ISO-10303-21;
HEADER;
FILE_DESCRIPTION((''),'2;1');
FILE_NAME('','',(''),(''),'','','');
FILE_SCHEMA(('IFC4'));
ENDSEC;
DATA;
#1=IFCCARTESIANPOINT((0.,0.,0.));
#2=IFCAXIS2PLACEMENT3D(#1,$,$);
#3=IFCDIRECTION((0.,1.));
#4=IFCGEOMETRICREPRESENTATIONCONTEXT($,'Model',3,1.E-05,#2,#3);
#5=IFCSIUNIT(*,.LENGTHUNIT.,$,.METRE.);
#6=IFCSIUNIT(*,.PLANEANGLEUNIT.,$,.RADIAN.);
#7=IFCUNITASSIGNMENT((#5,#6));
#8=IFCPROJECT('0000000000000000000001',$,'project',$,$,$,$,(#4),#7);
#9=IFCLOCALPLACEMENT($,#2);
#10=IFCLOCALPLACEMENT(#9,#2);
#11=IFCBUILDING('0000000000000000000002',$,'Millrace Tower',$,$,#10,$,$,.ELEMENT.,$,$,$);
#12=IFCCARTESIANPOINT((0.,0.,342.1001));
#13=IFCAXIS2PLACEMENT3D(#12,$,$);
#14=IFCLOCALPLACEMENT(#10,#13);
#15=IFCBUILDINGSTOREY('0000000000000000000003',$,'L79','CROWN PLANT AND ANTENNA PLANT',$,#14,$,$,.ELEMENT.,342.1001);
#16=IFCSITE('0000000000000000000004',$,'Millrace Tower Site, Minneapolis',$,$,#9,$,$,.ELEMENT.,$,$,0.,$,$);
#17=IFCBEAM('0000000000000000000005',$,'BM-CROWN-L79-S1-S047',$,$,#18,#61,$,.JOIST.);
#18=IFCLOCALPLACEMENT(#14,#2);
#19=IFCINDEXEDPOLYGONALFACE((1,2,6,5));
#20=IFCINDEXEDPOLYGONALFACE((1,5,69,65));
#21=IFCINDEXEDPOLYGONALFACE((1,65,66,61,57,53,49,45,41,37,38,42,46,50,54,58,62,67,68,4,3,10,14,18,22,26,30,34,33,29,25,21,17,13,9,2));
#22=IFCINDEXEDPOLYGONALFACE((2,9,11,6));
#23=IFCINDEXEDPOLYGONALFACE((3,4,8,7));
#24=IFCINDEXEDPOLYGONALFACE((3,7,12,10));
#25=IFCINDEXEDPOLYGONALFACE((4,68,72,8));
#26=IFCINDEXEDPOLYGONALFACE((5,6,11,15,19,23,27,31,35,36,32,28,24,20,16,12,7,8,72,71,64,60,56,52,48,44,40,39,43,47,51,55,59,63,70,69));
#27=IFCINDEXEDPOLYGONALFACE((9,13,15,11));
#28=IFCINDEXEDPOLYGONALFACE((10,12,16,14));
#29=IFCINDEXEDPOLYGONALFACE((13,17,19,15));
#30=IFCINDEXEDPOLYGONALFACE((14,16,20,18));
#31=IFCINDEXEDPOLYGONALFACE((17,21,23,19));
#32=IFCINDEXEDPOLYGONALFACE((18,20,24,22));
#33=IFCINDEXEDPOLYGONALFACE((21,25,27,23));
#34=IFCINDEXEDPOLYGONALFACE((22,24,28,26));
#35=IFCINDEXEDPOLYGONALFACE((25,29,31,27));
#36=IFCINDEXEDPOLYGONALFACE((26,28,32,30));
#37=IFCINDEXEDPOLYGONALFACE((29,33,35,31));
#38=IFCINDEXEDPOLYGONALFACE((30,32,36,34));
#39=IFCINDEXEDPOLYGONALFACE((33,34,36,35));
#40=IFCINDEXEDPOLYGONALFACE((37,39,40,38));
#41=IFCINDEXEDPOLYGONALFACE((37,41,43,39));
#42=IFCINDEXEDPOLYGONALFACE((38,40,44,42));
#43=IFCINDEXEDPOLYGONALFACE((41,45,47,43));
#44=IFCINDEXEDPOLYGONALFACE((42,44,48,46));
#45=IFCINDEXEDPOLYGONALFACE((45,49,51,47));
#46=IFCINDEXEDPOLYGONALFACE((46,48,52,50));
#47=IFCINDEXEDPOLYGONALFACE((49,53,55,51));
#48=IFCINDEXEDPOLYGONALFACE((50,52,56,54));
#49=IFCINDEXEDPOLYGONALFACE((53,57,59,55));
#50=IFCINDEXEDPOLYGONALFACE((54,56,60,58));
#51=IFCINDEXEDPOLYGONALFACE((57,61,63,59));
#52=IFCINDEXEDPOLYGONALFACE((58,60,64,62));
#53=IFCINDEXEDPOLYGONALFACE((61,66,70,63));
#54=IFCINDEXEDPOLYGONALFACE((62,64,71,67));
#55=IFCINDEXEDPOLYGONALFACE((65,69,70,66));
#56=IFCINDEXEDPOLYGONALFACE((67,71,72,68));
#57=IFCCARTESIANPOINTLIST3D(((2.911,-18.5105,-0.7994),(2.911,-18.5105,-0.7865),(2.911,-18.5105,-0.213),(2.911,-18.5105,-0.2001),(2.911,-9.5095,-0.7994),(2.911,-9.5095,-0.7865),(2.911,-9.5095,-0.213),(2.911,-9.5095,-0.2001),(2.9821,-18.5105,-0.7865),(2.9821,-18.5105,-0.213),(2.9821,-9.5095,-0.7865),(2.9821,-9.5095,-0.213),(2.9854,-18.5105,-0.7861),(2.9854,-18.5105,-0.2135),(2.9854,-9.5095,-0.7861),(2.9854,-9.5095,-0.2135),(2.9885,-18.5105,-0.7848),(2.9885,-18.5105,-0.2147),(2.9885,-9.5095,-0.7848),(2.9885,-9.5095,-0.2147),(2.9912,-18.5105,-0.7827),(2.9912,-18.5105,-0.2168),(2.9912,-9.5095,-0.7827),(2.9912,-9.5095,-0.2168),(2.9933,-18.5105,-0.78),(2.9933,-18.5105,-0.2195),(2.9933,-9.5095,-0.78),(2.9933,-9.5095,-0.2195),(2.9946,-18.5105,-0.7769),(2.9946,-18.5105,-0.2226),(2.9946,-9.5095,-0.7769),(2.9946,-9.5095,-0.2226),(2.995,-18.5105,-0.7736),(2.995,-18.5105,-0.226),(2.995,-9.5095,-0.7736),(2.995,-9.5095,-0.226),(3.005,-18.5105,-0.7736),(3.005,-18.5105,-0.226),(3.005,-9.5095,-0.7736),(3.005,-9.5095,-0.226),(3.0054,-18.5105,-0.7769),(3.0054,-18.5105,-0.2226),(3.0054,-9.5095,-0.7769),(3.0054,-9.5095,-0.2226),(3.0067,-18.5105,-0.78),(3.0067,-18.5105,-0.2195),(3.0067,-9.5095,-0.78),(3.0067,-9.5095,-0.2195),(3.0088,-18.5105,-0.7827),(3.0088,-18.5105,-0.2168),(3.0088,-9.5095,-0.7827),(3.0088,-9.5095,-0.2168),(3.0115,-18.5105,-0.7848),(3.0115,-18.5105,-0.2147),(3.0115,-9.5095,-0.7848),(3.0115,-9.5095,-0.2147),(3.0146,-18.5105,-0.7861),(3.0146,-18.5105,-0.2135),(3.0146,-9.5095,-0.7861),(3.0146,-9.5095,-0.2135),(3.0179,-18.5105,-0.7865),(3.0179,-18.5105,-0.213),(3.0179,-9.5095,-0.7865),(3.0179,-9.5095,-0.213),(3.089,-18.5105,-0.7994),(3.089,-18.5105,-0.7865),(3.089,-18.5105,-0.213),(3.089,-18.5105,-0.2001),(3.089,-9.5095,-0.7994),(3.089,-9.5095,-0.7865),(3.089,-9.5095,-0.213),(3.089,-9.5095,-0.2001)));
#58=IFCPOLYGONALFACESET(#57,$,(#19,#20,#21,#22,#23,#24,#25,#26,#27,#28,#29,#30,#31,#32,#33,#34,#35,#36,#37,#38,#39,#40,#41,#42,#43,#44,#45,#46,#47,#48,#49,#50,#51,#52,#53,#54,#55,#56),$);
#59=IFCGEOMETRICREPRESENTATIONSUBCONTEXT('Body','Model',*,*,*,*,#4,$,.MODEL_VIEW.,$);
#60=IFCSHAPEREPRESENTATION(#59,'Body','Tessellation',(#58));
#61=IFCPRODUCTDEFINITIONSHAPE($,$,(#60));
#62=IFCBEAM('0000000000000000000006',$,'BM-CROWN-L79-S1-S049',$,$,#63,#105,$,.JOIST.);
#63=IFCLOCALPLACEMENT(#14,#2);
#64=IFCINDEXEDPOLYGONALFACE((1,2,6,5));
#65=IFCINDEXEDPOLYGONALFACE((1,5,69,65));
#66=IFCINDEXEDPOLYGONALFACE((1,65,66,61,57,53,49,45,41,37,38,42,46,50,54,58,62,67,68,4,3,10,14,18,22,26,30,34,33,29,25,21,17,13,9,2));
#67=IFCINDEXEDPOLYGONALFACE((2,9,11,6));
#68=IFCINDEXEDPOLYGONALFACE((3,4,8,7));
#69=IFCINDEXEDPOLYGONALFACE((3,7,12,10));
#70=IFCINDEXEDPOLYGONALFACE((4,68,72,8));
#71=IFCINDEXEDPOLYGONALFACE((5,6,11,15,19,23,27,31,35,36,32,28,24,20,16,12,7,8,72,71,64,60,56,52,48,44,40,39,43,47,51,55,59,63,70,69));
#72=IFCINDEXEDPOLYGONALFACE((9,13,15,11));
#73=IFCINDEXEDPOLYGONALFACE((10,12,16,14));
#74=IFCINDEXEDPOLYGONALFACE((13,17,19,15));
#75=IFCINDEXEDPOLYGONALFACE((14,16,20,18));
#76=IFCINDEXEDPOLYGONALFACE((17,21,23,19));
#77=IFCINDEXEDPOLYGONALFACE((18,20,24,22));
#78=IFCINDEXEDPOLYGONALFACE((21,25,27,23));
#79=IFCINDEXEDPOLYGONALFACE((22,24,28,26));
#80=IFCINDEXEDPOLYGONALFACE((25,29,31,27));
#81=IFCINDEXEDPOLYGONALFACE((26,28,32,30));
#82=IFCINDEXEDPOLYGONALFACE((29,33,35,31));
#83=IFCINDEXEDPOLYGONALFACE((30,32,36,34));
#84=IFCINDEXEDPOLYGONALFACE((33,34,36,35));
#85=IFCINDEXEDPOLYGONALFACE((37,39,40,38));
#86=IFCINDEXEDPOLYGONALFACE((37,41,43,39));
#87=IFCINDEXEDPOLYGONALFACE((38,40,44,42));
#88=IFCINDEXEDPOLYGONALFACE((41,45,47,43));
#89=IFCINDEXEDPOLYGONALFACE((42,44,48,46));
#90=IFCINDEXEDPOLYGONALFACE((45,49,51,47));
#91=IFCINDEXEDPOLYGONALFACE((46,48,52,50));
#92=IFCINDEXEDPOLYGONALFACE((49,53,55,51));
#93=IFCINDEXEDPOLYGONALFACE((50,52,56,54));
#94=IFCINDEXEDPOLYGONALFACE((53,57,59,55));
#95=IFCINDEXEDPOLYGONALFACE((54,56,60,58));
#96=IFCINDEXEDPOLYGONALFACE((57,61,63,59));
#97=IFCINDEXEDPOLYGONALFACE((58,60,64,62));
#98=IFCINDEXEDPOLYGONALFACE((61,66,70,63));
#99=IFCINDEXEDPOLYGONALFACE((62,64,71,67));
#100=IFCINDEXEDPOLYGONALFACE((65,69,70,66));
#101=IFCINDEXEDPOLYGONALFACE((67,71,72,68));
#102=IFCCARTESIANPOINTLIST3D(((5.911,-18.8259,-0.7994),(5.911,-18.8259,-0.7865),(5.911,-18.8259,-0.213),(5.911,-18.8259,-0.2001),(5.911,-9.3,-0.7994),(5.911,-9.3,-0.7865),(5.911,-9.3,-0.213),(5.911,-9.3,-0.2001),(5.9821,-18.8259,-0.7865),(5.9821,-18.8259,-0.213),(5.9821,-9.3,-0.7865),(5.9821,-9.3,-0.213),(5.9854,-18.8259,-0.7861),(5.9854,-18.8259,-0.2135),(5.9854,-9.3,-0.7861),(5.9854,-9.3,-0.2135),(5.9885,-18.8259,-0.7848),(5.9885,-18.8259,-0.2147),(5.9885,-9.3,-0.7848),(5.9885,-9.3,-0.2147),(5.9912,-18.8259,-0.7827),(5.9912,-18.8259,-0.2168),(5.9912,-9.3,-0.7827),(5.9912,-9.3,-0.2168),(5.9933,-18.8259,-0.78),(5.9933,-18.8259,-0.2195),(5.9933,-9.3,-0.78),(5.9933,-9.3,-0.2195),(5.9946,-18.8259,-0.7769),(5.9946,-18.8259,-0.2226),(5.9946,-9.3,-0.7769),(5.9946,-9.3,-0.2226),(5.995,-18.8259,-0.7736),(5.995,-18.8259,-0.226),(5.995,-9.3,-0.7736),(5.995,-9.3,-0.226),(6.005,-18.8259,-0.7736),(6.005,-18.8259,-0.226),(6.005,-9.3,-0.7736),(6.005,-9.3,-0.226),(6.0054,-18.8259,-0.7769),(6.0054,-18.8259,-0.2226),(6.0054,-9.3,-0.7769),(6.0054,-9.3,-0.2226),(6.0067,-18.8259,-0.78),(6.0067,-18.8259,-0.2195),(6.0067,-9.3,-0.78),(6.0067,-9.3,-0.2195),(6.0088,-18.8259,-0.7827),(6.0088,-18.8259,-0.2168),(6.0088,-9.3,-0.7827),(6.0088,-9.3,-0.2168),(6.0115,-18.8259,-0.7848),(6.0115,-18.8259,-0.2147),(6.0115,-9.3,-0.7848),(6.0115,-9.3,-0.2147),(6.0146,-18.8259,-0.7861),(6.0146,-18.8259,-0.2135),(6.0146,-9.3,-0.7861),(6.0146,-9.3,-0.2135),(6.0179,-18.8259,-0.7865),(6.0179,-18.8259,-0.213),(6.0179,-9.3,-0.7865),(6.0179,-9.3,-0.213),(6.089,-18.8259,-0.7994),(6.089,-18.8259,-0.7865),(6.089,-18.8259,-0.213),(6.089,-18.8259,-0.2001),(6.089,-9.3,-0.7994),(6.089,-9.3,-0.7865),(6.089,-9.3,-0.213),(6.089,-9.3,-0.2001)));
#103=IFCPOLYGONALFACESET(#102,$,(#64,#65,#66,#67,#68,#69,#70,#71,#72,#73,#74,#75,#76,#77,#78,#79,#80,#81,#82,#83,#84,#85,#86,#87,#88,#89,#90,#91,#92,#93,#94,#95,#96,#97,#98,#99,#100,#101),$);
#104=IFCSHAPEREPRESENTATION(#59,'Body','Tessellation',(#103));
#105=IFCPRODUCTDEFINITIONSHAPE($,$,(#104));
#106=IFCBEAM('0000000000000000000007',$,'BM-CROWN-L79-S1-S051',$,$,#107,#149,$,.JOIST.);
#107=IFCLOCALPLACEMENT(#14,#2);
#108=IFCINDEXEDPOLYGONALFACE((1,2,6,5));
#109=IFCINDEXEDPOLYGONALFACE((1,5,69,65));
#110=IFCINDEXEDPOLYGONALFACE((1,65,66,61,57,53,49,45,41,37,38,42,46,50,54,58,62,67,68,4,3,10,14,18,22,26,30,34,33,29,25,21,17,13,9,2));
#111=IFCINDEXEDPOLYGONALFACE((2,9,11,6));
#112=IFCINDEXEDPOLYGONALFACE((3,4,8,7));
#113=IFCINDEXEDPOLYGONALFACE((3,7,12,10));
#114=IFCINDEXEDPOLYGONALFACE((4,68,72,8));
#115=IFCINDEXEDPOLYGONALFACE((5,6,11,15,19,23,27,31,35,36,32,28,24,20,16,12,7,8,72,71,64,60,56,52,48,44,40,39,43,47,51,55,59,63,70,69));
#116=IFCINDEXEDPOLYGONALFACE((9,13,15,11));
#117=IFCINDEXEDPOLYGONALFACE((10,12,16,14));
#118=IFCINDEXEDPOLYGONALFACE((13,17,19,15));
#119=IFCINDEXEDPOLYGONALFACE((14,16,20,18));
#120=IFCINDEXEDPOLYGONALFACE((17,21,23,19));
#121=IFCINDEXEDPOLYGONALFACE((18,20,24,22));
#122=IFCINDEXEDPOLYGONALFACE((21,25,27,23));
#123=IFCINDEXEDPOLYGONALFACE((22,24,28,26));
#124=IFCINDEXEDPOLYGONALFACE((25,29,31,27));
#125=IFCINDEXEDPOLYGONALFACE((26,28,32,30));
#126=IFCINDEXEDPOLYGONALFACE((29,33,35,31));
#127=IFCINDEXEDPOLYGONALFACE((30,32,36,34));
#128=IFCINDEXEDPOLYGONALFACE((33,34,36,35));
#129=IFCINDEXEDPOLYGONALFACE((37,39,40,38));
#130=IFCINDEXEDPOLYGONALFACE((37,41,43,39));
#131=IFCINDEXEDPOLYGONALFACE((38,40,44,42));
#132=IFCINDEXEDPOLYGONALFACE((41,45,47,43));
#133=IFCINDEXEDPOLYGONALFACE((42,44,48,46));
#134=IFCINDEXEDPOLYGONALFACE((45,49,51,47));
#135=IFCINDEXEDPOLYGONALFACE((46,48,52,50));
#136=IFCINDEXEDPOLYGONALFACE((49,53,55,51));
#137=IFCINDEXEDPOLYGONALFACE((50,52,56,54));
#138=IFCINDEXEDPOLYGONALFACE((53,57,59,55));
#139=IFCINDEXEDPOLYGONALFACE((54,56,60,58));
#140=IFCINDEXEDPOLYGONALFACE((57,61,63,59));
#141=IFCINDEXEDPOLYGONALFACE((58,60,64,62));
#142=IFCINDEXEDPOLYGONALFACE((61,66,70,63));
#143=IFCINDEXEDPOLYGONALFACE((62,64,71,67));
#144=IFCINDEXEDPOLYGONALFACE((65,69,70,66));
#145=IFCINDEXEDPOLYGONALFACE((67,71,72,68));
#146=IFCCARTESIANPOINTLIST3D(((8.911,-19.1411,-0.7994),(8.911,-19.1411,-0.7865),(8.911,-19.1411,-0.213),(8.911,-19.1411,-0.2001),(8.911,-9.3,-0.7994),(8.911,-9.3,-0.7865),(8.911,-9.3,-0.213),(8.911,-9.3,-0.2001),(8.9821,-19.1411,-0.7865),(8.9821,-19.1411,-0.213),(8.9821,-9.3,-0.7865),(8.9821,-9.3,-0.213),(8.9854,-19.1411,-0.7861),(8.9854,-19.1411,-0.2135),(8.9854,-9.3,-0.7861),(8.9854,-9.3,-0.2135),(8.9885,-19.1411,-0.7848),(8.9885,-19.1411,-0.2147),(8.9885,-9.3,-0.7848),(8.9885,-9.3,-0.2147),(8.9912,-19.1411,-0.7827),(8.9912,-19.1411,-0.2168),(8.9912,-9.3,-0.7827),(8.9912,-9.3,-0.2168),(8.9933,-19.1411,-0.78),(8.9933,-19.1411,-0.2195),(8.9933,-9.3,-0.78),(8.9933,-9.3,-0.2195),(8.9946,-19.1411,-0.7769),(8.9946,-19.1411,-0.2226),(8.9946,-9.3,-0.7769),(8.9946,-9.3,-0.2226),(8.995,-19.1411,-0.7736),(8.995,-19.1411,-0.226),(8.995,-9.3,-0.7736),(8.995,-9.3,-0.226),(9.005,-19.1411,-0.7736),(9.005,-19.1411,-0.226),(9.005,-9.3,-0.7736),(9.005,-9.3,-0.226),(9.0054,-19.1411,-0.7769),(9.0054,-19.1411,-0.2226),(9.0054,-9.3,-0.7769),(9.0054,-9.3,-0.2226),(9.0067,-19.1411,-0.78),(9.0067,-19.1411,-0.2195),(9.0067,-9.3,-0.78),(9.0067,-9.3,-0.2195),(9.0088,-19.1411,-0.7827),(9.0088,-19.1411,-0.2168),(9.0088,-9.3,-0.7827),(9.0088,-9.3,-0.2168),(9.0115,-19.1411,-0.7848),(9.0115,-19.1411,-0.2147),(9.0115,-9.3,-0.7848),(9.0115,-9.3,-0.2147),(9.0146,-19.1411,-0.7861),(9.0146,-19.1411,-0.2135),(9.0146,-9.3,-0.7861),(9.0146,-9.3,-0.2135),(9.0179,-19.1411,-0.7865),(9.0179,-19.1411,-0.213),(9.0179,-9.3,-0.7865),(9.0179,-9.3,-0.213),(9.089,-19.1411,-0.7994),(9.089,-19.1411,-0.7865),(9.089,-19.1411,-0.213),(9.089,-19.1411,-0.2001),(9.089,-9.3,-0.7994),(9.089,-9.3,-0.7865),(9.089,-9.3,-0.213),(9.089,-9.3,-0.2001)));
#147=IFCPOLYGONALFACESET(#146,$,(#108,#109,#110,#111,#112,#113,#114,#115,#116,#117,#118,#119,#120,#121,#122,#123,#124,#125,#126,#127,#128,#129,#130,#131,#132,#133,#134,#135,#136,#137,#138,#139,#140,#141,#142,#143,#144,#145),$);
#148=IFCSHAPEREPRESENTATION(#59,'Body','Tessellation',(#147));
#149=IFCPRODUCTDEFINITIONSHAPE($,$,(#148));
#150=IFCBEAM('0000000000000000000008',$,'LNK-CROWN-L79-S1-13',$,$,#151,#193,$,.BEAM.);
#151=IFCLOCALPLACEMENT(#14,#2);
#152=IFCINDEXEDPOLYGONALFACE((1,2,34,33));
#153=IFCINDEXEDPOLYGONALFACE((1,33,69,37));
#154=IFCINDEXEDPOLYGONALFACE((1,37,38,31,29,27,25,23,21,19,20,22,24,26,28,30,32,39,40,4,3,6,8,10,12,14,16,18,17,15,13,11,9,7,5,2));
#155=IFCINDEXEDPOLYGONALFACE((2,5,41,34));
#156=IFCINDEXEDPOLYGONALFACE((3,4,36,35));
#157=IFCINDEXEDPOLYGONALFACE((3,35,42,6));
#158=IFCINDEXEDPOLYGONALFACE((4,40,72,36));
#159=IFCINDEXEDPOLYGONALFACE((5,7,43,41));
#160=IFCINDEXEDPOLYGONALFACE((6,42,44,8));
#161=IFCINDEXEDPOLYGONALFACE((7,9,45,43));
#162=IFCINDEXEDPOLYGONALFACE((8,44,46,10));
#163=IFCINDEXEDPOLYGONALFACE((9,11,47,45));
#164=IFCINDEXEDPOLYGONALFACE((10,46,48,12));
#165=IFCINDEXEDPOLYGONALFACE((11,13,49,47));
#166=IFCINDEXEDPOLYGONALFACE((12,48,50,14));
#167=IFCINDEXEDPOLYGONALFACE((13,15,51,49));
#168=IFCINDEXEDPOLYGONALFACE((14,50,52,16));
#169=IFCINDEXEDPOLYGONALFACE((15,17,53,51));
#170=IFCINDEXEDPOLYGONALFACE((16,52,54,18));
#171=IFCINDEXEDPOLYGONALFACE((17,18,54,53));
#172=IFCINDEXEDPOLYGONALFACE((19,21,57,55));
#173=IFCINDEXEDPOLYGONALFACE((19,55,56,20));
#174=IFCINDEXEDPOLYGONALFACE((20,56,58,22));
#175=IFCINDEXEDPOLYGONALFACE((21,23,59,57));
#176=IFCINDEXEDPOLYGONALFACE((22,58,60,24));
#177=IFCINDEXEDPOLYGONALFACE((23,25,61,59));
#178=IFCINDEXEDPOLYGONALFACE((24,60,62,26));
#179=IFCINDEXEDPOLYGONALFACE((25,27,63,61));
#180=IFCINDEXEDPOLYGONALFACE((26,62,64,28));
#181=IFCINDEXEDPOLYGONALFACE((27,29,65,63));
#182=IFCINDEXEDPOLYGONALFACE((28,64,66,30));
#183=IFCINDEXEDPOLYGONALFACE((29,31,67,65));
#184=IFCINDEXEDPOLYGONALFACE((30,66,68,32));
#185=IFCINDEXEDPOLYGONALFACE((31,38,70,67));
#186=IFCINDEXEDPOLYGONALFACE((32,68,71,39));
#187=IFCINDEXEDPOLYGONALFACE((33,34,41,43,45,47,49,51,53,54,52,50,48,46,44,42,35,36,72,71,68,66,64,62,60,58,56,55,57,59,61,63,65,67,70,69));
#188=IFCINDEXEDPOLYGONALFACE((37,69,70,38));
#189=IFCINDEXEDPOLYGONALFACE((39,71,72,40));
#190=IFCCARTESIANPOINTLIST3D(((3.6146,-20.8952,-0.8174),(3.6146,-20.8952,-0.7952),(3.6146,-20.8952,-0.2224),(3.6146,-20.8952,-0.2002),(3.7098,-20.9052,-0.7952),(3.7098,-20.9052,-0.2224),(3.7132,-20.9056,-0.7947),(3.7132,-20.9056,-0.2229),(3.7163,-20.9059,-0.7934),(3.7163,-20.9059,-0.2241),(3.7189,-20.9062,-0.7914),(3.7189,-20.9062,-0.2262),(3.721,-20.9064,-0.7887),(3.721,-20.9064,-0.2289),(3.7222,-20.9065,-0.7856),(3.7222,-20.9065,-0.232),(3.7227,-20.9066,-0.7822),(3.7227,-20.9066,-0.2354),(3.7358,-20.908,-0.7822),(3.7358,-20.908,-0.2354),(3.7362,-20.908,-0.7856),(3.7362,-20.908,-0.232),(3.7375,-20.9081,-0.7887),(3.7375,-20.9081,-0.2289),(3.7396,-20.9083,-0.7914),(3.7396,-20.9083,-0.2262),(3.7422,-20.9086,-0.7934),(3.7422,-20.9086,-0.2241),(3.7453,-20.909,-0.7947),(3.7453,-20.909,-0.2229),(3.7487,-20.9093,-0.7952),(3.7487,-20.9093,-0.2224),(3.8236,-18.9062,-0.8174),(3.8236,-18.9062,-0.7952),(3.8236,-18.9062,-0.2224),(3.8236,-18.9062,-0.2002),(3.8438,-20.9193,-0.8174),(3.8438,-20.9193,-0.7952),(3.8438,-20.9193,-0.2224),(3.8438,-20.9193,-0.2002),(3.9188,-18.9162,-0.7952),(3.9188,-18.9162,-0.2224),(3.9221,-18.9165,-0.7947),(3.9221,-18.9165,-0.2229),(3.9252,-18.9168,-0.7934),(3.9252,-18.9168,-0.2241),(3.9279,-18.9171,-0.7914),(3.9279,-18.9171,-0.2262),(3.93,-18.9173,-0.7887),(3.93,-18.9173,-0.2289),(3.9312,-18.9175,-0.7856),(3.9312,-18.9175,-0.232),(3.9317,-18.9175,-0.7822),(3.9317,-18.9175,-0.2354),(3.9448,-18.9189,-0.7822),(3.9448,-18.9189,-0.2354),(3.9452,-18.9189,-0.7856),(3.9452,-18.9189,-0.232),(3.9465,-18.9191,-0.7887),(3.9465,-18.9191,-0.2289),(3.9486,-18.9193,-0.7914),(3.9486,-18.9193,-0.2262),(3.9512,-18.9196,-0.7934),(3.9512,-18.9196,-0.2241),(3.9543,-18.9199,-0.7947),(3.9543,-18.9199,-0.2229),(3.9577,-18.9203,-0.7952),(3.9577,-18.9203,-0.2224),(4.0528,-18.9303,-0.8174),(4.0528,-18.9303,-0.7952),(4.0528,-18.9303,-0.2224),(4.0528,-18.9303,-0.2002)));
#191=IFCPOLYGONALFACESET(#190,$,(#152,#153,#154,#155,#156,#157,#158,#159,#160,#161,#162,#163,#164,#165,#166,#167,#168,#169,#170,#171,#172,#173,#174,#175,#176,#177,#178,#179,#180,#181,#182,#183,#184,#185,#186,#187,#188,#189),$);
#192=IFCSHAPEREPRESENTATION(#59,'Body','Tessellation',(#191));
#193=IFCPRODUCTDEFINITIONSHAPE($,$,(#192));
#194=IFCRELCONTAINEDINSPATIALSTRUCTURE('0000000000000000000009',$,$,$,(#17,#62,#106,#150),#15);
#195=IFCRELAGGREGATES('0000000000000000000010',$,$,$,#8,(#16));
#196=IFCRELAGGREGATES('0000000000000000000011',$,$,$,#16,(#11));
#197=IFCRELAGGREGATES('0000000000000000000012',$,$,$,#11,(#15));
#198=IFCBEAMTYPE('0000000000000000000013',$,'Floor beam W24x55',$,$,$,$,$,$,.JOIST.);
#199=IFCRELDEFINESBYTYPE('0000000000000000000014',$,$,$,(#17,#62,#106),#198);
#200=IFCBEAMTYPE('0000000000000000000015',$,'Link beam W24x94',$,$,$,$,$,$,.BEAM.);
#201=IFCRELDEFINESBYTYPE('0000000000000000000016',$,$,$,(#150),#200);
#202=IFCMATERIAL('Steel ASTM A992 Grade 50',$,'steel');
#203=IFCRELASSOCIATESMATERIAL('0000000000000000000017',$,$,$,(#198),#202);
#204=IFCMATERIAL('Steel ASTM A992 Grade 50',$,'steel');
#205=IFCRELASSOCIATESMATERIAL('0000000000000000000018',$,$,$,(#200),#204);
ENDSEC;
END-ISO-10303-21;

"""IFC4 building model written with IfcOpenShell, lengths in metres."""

from ifc_helpers import new_model, si_unit, direction, frame, origin, origin_2d, place, context, subcontext, project, spatial, i_section, extrude, material, material_profile, profile_set, type_object, element, save


model = new_model("IFC4")

# Units and contexts
model_context = context("Model", 3, precision=1e-05, world=origin(), true_north=direction((0.0, 1.0)))
body_context = subcontext(model_context, "Body", "Model", "MODEL_VIEW")
ifc_project = project(units=[si_unit("LENGTHUNIT", "METRE"), si_unit("PLANEANGLEUNIT", "RADIAN")], contexts=[model_context])

# Site, building, storey
site_placement = place(None, origin())
site = spatial("IfcSite", under=ifc_project, at=site_placement, Name="Millrace Tower Site, Minneapolis", CompositionType="ELEMENT", RefElevation=0.0)
building_placement = place(site_placement, origin())
building = spatial("IfcBuilding", under=site, at=building_placement, Name="Millrace Tower", CompositionType="ELEMENT")
storey_placement = place(building_placement, frame((0.0, 0.0, 342.1001)))
storey = spatial("IfcBuildingStorey", under=building, at=storey_placement, Name="L79", Description="CROWN PLANT AND ANTENNA PLANT", CompositionType="ELEMENT", Elevation=342.1001)

# Beams
ifc_material_1 = material(Name="Steel ASTM A992 Grade 50", Category="steel")
ifc_material_profile_1 = material_profile(ifc_material_1, i_section(OverallWidth=0.178, OverallDepth=0.5994, WebThickness=0.01, FlangeThickness=0.0129, FilletRadius=0.0129, at=origin_2d()))
ifc_profile_set_1 = profile_set([ifc_material_profile_1], Name="Steel ASTM A992 Grade 50")
beam_type_1 = type_object("IfcBeamType", Name="Floor beam W24x55", PredefinedType="JOIST", material=ifc_profile_set_1)
beam_1_placement = place(storey_placement, frame((3.0, -18.5105, -0.4998), z_axis=(0.0, 1.0, 0.0), x_axis=(-1.0, 0.0, 0.0)))
element("IfcBeam", 1, at=beam_1_placement, inside=storey, type_object=beam_type_1, Name="BM-CROWN-L79-S1-S047", PredefinedType="JOIST", context=body_context, shape_type="SweptSolid", body=[
    extrude(i_section(OverallWidth=0.178, OverallDepth=0.5994, WebThickness=0.01, FlangeThickness=0.0129, FilletRadius=0.0129, at=origin_2d()), origin(), (0.0, 0.0, 1.0), 9.001),
])
beam_2_placement = place(storey_placement, frame((6.0, -18.8259, -0.4998), z_axis=(0.0, 1.0, 0.0), x_axis=(-1.0, 0.0, 0.0)))
element("IfcBeam", 2, at=beam_2_placement, inside=storey, type_object=beam_type_1, Name="BM-CROWN-L79-S1-S049", PredefinedType="JOIST", context=body_context, shape_type="SweptSolid", body=[
    extrude(i_section(OverallWidth=0.178, OverallDepth=0.5994, WebThickness=0.01, FlangeThickness=0.0129, FilletRadius=0.0129, at=origin_2d()), origin(), (0.0, 0.0, 1.0), 9.5259),
])
beam_3_placement = place(storey_placement, frame((9.0, -19.1411, -0.4998), z_axis=(0.0, 1.0, 0.0), x_axis=(-1.0, 0.0, 0.0)))
element("IfcBeam", 3, at=beam_3_placement, inside=storey, type_object=beam_type_1, Name="BM-CROWN-L79-S1-S051", PredefinedType="JOIST", context=body_context, shape_type="SweptSolid", body=[
    extrude(i_section(OverallWidth=0.178, OverallDepth=0.5994, WebThickness=0.01, FlangeThickness=0.0129, FilletRadius=0.0129, at=origin_2d()), origin(), (0.0, 0.0, 1.0), 9.8411),
])
ifc_material_2 = material(Name="Steel ASTM A992 Grade 50", Category="steel")
ifc_material_profile_2 = material_profile(ifc_material_2, i_section(OverallWidth=0.2305, OverallDepth=0.6172, WebThickness=0.0132, FlangeThickness=0.0222, FilletRadius=0.0129, at=origin_2d()))
ifc_profile_set_2 = profile_set([ifc_material_profile_2], Name="Steel ASTM A992 Grade 50")
beam_type_2 = type_object("IfcBeamType", Name="Link beam W24x94", PredefinedType="BEAM", material=ifc_profile_set_2)
beam_4_placement = place(storey_placement, frame((3.9382, -18.9182, -0.5088), z_axis=(-0.104494, -0.994526, 0.0), x_axis=(0.994526, -0.104494, 0.0)))
element("IfcBeam", 4, at=beam_4_placement, inside=storey, type_object=beam_type_2, Name="LNK-CROWN-L79-S1-13", PredefinedType="BEAM", context=body_context, shape_type="SweptSolid", body=[
    extrude(i_section(OverallWidth=0.2305, OverallDepth=0.6172, WebThickness=0.0132, FlangeThickness=0.0222, FilletRadius=0.0129, at=origin_2d()), origin(), (0.0, 0.0, 1.0), 2.0),
])

save(model, "model.ifc")
